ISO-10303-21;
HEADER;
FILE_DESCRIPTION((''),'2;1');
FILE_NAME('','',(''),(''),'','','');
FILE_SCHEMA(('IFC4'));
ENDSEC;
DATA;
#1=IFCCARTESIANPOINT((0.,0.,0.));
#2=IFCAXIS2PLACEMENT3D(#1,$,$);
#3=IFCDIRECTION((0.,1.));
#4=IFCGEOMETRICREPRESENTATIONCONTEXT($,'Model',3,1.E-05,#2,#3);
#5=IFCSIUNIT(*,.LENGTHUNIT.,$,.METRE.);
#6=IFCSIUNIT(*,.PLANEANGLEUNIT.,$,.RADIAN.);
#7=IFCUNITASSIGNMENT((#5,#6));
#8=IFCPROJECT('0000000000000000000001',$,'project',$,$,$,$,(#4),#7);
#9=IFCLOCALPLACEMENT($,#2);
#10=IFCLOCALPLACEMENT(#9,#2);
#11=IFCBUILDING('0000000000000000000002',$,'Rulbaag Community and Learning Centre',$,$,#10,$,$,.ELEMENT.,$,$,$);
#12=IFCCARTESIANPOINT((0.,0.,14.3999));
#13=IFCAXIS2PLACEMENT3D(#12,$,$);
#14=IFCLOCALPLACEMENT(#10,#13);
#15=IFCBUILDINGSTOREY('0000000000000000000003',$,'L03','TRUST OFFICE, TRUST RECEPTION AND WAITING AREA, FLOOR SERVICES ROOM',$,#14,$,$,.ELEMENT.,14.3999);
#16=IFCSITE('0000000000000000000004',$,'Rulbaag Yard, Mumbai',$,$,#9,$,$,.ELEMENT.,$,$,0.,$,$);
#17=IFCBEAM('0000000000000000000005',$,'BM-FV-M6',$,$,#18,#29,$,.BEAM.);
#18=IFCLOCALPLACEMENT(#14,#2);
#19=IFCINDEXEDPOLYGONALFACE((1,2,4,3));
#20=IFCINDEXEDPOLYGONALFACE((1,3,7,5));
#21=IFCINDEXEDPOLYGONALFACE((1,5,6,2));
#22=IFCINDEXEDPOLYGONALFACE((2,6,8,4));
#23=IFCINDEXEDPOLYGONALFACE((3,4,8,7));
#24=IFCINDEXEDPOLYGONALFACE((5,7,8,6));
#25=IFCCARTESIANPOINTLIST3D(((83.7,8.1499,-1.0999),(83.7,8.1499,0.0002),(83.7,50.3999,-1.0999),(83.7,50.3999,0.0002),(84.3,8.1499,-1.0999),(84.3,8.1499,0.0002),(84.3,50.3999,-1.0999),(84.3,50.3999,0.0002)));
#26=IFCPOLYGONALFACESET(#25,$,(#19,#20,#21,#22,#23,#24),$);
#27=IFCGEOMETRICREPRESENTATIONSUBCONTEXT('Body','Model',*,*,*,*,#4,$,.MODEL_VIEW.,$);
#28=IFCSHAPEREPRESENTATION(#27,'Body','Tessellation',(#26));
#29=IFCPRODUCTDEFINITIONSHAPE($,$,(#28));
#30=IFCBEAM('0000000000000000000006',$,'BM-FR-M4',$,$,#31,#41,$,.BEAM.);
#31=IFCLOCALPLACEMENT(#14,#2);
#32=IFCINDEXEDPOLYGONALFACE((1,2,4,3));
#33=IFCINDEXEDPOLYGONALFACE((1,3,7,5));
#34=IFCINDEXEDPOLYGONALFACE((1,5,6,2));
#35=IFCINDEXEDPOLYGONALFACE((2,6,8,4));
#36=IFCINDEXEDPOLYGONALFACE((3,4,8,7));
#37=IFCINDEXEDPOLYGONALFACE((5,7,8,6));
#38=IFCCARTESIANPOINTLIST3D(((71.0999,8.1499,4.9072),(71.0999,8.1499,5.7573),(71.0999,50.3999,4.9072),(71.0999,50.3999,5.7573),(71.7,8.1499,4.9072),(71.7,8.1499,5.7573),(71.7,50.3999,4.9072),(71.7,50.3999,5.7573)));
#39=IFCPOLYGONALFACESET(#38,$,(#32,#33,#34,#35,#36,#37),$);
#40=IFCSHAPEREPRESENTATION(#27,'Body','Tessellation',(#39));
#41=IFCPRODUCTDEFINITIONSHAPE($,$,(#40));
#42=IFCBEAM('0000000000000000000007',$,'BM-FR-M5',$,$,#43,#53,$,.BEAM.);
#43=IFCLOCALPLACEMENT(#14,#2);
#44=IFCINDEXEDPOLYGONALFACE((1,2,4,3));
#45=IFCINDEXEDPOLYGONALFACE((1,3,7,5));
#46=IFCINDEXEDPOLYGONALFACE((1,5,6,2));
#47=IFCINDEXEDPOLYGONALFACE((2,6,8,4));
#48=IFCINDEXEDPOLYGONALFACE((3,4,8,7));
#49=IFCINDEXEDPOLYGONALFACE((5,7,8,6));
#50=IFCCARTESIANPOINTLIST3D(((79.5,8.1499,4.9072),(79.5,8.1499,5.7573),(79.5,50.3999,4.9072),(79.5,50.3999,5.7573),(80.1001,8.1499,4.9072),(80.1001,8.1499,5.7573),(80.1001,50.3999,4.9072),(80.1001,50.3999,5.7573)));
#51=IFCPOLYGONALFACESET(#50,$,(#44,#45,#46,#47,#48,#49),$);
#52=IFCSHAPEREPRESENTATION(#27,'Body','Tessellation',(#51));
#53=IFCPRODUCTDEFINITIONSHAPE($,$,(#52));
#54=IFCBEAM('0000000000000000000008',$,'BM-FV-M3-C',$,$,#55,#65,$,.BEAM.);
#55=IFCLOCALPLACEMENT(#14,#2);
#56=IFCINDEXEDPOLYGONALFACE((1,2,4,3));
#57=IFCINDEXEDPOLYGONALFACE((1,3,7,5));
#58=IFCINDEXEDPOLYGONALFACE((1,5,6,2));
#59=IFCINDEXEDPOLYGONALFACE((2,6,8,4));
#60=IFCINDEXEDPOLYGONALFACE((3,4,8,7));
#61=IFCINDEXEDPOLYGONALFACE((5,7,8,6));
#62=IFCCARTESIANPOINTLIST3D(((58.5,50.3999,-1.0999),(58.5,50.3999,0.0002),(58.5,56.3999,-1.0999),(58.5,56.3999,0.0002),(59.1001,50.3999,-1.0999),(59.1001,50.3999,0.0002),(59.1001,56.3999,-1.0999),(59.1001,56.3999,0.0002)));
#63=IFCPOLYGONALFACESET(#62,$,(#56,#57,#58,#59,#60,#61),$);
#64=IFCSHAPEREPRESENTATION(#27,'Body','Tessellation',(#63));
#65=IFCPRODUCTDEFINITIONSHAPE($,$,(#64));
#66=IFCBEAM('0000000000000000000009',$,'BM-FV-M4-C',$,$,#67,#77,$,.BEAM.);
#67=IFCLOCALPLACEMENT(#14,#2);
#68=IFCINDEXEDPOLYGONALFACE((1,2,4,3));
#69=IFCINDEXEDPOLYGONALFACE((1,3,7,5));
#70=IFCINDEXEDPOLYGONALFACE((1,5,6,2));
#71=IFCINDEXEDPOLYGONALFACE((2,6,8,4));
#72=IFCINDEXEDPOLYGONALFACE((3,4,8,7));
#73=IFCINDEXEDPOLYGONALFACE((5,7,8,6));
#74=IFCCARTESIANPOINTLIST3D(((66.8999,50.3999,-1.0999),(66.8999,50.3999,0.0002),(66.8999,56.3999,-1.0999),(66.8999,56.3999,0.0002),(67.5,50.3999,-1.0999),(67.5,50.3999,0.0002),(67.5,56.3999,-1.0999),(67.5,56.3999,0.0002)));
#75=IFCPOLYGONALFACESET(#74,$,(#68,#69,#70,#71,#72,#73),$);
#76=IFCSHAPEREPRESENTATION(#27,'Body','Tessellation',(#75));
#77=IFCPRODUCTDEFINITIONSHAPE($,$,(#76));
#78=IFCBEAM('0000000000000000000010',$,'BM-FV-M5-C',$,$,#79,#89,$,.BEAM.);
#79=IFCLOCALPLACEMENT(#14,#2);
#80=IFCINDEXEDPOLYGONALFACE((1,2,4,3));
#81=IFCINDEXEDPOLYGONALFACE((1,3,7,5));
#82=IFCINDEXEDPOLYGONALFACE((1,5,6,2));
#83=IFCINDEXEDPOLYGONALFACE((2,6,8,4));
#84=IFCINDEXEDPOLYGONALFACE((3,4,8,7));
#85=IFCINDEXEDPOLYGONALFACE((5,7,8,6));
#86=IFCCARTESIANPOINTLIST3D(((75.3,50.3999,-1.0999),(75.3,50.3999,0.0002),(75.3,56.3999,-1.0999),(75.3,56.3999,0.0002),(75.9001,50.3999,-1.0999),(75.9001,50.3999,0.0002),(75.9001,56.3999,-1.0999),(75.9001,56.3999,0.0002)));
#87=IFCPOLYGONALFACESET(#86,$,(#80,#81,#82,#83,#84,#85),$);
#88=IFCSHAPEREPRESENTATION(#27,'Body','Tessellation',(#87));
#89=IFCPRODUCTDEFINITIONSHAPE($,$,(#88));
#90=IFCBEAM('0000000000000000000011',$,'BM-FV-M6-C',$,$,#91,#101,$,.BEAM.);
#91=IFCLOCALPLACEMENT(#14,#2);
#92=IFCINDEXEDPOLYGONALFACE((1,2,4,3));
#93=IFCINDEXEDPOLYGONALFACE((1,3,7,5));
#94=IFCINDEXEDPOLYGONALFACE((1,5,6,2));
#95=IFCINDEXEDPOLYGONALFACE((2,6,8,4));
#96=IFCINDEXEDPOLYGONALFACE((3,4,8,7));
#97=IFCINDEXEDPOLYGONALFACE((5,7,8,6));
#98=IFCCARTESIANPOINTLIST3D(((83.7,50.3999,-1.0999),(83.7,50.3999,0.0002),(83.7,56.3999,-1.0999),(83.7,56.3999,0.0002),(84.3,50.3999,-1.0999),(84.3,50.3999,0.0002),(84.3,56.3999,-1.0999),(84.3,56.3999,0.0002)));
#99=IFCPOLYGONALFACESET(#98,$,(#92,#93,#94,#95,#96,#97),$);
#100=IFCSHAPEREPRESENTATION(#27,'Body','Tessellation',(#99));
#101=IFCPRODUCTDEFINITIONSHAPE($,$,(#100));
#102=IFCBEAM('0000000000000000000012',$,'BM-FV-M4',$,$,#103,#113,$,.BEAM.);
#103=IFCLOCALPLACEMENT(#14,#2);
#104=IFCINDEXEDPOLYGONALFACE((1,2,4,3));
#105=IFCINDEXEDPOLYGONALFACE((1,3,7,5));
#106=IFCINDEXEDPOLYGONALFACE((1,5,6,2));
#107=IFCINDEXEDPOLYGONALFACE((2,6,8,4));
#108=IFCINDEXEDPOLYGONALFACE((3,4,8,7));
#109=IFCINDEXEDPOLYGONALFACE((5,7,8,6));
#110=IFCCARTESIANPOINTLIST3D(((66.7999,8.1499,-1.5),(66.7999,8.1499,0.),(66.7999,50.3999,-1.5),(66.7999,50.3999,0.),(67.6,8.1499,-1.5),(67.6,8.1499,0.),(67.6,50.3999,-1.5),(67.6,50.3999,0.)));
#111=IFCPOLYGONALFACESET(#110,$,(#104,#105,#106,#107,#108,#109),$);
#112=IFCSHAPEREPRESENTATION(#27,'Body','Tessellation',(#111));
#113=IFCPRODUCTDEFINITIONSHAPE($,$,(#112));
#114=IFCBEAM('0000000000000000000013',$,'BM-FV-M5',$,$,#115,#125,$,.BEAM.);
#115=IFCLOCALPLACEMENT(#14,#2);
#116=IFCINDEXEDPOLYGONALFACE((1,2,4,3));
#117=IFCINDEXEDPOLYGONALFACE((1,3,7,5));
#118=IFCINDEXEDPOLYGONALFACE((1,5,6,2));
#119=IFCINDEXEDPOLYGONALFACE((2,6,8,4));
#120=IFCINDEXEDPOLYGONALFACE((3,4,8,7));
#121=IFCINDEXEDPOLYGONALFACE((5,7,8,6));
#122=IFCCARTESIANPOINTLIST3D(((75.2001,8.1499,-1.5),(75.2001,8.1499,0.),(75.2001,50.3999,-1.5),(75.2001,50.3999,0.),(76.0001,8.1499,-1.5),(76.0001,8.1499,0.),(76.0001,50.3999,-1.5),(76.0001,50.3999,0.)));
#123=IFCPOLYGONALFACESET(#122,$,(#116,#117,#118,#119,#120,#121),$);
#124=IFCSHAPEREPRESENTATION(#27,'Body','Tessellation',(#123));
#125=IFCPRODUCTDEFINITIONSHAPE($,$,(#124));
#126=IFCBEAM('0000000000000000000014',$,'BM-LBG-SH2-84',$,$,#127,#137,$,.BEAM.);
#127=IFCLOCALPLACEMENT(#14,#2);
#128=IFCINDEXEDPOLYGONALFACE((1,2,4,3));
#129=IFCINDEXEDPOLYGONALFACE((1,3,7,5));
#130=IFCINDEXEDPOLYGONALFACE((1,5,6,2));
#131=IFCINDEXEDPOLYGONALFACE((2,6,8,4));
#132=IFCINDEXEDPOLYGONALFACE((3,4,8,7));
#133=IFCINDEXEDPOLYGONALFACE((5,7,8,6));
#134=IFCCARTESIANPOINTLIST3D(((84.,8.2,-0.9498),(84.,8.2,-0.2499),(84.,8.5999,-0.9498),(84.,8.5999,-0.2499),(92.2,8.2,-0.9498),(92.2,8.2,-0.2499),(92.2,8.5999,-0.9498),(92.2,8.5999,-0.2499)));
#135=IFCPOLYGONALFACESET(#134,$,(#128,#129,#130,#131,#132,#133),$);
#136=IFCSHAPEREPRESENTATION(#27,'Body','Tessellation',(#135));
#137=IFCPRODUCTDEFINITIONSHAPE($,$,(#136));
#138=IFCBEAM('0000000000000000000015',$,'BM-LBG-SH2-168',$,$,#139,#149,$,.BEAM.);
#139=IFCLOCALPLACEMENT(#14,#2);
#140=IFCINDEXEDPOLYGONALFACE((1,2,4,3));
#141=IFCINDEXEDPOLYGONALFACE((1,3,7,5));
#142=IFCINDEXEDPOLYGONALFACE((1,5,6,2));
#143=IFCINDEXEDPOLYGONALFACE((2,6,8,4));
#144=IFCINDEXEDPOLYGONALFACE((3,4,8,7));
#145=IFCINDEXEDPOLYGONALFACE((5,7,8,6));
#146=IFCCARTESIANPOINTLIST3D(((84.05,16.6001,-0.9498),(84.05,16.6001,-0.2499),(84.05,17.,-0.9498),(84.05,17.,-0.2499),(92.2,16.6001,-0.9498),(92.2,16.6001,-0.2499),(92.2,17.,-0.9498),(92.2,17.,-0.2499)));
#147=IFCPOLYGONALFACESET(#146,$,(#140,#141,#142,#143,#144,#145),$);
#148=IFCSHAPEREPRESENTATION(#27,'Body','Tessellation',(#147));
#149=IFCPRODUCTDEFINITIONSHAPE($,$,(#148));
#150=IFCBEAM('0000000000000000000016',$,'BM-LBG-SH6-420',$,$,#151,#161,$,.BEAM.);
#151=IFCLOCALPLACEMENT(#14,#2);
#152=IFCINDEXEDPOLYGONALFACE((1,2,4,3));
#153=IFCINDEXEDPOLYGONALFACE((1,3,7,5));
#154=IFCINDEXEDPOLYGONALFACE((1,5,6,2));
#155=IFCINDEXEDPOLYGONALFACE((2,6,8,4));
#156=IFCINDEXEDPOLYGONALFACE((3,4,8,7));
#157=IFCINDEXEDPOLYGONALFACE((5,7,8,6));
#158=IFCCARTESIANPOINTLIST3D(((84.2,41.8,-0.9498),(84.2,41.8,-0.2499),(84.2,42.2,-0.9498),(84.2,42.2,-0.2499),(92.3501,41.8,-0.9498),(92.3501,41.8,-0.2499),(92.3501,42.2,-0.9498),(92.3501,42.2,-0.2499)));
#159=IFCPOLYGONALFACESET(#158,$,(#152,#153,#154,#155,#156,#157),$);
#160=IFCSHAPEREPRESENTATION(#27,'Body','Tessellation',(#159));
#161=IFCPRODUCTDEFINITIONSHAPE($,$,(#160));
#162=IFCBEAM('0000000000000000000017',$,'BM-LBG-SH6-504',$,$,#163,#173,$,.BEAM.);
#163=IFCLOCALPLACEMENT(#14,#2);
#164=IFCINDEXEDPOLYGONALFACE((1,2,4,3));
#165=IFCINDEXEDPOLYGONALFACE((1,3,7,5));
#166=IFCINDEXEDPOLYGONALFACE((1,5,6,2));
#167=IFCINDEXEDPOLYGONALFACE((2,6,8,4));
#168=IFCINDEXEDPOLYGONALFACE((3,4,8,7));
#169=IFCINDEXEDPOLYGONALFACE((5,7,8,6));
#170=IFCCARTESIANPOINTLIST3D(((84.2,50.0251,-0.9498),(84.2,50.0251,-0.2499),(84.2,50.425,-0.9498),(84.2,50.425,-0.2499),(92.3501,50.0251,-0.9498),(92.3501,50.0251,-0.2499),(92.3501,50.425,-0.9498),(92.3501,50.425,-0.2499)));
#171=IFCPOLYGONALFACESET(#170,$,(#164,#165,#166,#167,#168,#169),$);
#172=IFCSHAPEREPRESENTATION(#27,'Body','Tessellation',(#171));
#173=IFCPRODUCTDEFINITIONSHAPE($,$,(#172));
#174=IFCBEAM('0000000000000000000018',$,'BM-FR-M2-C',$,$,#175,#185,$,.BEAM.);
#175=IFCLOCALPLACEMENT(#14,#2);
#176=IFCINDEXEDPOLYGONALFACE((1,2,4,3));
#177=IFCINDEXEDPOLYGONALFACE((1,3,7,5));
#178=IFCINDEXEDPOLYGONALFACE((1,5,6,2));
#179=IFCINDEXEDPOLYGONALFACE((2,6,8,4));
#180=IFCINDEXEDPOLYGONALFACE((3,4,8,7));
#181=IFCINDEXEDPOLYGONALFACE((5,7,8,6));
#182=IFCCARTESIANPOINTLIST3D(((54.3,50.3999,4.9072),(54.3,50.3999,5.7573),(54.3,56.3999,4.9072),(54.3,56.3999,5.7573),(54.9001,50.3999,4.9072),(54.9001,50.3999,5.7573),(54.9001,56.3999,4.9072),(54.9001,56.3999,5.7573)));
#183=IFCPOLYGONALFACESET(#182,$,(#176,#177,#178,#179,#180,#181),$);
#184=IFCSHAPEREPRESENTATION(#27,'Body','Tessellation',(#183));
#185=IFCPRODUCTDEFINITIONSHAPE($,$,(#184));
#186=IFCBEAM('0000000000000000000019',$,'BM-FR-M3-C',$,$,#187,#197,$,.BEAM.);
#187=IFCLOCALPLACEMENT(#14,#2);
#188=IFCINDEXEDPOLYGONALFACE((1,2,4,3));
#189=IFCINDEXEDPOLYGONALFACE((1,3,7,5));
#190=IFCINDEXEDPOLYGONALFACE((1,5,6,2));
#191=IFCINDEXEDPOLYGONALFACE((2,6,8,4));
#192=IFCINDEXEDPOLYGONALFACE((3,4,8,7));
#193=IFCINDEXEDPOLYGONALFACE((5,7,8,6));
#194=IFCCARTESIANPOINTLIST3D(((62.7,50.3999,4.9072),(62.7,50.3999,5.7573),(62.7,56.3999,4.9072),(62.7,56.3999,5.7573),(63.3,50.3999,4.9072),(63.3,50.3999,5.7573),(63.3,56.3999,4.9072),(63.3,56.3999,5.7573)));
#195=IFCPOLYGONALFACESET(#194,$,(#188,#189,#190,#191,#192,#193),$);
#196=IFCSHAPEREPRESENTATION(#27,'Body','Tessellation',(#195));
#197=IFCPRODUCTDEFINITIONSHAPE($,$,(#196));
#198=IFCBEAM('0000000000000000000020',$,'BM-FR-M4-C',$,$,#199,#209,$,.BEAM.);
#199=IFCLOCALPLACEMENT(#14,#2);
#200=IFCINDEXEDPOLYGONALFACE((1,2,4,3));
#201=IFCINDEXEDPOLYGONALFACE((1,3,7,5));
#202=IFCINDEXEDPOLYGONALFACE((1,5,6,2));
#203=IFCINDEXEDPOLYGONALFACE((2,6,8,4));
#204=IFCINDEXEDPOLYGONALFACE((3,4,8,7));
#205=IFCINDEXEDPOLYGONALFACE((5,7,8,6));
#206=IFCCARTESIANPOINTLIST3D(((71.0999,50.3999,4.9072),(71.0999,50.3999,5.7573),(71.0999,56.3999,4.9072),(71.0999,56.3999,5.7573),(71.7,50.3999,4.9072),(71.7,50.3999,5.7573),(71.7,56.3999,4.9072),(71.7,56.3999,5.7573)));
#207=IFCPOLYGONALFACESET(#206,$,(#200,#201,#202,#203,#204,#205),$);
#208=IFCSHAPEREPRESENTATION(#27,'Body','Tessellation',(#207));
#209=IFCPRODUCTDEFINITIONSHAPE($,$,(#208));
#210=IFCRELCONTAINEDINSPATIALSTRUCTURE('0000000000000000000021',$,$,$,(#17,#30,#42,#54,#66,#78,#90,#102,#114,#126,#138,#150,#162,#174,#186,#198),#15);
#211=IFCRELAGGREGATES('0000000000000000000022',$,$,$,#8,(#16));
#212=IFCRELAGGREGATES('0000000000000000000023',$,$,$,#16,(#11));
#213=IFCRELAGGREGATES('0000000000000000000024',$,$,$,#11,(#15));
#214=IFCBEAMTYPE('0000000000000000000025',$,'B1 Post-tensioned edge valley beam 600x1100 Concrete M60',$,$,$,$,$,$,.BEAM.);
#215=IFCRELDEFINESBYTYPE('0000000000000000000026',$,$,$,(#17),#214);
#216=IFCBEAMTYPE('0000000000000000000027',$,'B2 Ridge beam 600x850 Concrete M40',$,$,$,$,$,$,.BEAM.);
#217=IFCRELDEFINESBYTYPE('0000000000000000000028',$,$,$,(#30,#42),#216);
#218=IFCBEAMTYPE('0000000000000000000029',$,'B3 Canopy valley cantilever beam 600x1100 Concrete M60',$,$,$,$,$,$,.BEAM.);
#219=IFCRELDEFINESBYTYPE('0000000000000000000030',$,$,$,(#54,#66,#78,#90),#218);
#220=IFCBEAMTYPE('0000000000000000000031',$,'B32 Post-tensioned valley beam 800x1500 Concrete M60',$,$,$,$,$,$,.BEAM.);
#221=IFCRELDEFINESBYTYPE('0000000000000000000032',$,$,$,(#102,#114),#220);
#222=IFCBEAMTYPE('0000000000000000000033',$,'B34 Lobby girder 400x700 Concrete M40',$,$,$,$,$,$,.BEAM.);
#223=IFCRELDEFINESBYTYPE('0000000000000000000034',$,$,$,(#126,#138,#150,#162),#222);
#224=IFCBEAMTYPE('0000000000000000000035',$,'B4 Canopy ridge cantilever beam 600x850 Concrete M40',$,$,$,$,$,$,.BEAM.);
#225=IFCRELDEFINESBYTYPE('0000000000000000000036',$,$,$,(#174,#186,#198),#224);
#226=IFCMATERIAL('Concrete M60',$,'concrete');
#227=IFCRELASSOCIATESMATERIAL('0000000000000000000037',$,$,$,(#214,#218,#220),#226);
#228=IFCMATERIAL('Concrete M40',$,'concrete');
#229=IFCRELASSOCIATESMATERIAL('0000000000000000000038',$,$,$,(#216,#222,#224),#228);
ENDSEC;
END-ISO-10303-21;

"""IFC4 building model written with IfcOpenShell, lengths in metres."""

from ifc_helpers import new_model, si_unit, direction, frame, origin, origin_2d, place, context, subcontext, project, spatial, rectangle, extrude, material, material_profile, profile_set, type_object, element, save


model = new_model("IFC4")

# Units and contexts
model_context = context("Model", 3, precision=1e-05, world=origin(), true_north=direction((0.0, 1.0)))
body_context = subcontext(model_context, "Body", "Model", "MODEL_VIEW")
ifc_project = project(units=[si_unit("LENGTHUNIT", "METRE"), si_unit("PLANEANGLEUNIT", "RADIAN")], contexts=[model_context])

# Site, building, storey
site_placement = place(None, origin())
site = spatial("IfcSite", under=ifc_project, at=site_placement, Name="Rulbaag Yard, Mumbai", CompositionType="ELEMENT", RefElevation=0.0)
building_placement = place(site_placement, origin())
building = spatial("IfcBuilding", under=site, at=building_placement, Name="Rulbaag Community and Learning Centre", CompositionType="ELEMENT")
storey_placement = place(building_placement, frame((0.0, 0.0, 14.3999)))
storey = spatial("IfcBuildingStorey", under=building, at=storey_placement, Name="L03", Description="TRUST OFFICE, TRUST RECEPTION AND WAITING AREA, FLOOR SERVICES ROOM", CompositionType="ELEMENT", Elevation=14.3999)

# Beams
ifc_material_1 = material(Name="Concrete M60", Category="concrete")
ifc_material_profile_1 = material_profile(ifc_material_1, rectangle(XDim=0.6001, YDim=1.1001, at=origin_2d()), Name="RB600x1100")
ifc_profile_set_1 = profile_set([ifc_material_profile_1], Name="Concrete M60")
beam_type_1 = type_object("IfcBeamType", Name="B1 Post-tensioned edge valley beam 600x1100 Concrete M60", PredefinedType="BEAM", material=ifc_profile_set_1)
beam_1_placement = place(storey_placement, frame((84.0, 8.1499, -0.5498), z_axis=(0.0, 1.0, 0.0), x_axis=(-1.0, 0.0, 0.0)))
element("IfcBeam", 1, at=beam_1_placement, inside=storey, type_object=beam_type_1, Name="BM-FV-M6", PredefinedType="BEAM", context=body_context, shape_type="SweptSolid", body=[
    extrude(rectangle(XDim=0.6001, YDim=1.1001, at=origin_2d()), origin(), (0.0, 0.0, 1.0), 42.25),
])
ifc_material_2 = material(Name="Concrete M40", Category="concrete")
ifc_material_profile_2 = material_profile(ifc_material_2, rectangle(XDim=0.6001, YDim=0.8501, at=origin_2d()), Name="RB600x850")
ifc_profile_set_2 = profile_set([ifc_material_profile_2], Name="Concrete M40")
beam_type_2 = type_object("IfcBeamType", Name="B2 Ridge beam 600x850 Concrete M40", PredefinedType="BEAM", material=ifc_profile_set_2)
for number, where, z_axis, x_axis, name in (
    (2, (71.3999, 8.1499, 5.3323), (0.0, 1.0, 0.0), (-1.0, 0.0, 0.0), "BM-FR-M4"),
    (3, (79.8, 8.1499, 5.3323), (0.0, 1.0, 0.0), (-1.0, 0.0, 0.0), "BM-FR-M5"),
):
    element("IfcBeam", number, at=place(storey_placement, frame(where, z_axis=z_axis, x_axis=x_axis)), inside=storey, type_object=beam_type_2, Name=name, PredefinedType="BEAM", context=body_context, shape_type="SweptSolid", body=[
        extrude(rectangle(XDim=0.6001, YDim=0.8501, at=origin_2d()), origin(), (0.0, 0.0, 1.0), 42.25),
    ])
ifc_material_profile_3 = material_profile(ifc_material_1, rectangle(XDim=0.6001, YDim=1.1001, at=origin_2d()), Name="RB600x1100")
ifc_profile_set_3 = profile_set([ifc_material_profile_3], Name="Concrete M60")
beam_type_3 = type_object("IfcBeamType", Name="B3 Canopy valley cantilever beam 600x1100 Concrete M60", PredefinedType="BEAM", material=ifc_profile_set_3)
for number, where, z_axis, x_axis, name in (
    (4, (58.8, 50.3999, -0.5498), (0.0, 1.0, 0.0), (-1.0, 0.0, 0.0), "BM-FV-M3-C"),
    (5, (67.2, 50.3999, -0.5498), (0.0, 1.0, 0.0), (-1.0, 0.0, 0.0), "BM-FV-M4-C"),
    (6, (75.6001, 50.3999, -0.5498), (0.0, 1.0, 0.0), (-1.0, 0.0, 0.0), "BM-FV-M5-C"),
    (7, (84.0, 50.3999, -0.5498), (0.0, 1.0, 0.0), (-1.0, 0.0, 0.0), "BM-FV-M6-C"),
):
    element("IfcBeam", number, at=place(storey_placement, frame(where, z_axis=z_axis, x_axis=x_axis)), inside=storey, type_object=beam_type_3, Name=name, PredefinedType="BEAM", context=body_context, shape_type="SweptSolid", body=[
        extrude(rectangle(XDim=0.6001, YDim=1.1001, at=origin_2d()), origin(), (0.0, 0.0, 1.0), 6.0),
    ])
ifc_material_profile_4 = material_profile(ifc_material_1, rectangle(XDim=0.8, YDim=1.5, at=origin_2d()), Name="RB800x1500")
ifc_profile_set_4 = profile_set([ifc_material_profile_4], Name="Concrete M60")
beam_type_4 = type_object("IfcBeamType", Name="B32 Post-tensioned valley beam 800x1500 Concrete M60", PredefinedType="BEAM", material=ifc_profile_set_4)
for number, where, z_axis, x_axis, name in (
    (8, (67.2, 8.1499, -0.75), (0.0, 1.0, 0.0), (-1.0, 0.0, 0.0), "BM-FV-M4"),
    (9, (75.6001, 8.1499, -0.75), (0.0, 1.0, 0.0), (-1.0, 0.0, 0.0), "BM-FV-M5"),
):
    element("IfcBeam", number, at=place(storey_placement, frame(where, z_axis=z_axis, x_axis=x_axis)), inside=storey, type_object=beam_type_4, Name=name, PredefinedType="BEAM", context=body_context, shape_type="SweptSolid", body=[
        extrude(rectangle(XDim=0.8, YDim=1.5, at=origin_2d()), origin(), (0.0, 0.0, 1.0), 42.25),
    ])
ifc_material_profile_5 = material_profile(ifc_material_2, rectangle(XDim=0.3999, YDim=0.7, at=origin_2d()), Name="RB400x700")
ifc_profile_set_5 = profile_set([ifc_material_profile_5], Name="Concrete M40")
beam_type_5 = type_object("IfcBeamType", Name="B34 Lobby girder 400x700 Concrete M40", PredefinedType="BEAM", material=ifc_profile_set_5)
beam_2_placement = place(storey_placement, frame((84.0, 8.3999, -0.5999), z_axis=(1.0, 0.0, 0.0), x_axis=(0.0, 1.0, 0.0)))
element("IfcBeam", 10, at=beam_2_placement, inside=storey, type_object=beam_type_5, Name="BM-LBG-SH2-84", PredefinedType="BEAM", context=body_context, shape_type="SweptSolid", body=[
    extrude(rectangle(XDim=0.3999, YDim=0.7, at=origin_2d()), origin(), (0.0, 0.0, 1.0), 8.2),
])
beam_3_placement = place(storey_placement, frame((84.05, 16.8, -0.5999), z_axis=(1.0, 0.0, 0.0), x_axis=(0.0, 1.0, 0.0)))
element("IfcBeam", 11, at=beam_3_placement, inside=storey, type_object=beam_type_5, Name="BM-LBG-SH2-168", PredefinedType="BEAM", context=body_context, shape_type="SweptSolid", body=[
    extrude(rectangle(XDim=0.3999, YDim=0.7, at=origin_2d()), origin(), (0.0, 0.0, 1.0), 8.1499),
])
for number, where, z_axis, x_axis, name in (
    (12, (84.2, 42.0, -0.5999), (1.0, 0.0, 0.0), (0.0, 1.0, 0.0), "BM-LBG-SH6-420"),
    (13, (84.2, 50.2251, -0.5999), (1.0, 0.0, 0.0), (0.0, 1.0, 0.0), "BM-LBG-SH6-504"),
):
    element("IfcBeam", number, at=place(storey_placement, frame(where, z_axis=z_axis, x_axis=x_axis)), inside=storey, type_object=beam_type_5, Name=name, PredefinedType="BEAM", context=body_context, shape_type="SweptSolid", body=[
        extrude(rectangle(XDim=0.3999, YDim=0.7, at=origin_2d()), origin(), (0.0, 0.0, 1.0), 8.1501),
    ])
ifc_material_profile_6 = material_profile(ifc_material_2, rectangle(XDim=0.6001, YDim=0.8501, at=origin_2d()), Name="RB600x850")
ifc_profile_set_6 = profile_set([ifc_material_profile_6], Name="Concrete M40")
beam_type_6 = type_object("IfcBeamType", Name="B4 Canopy ridge cantilever beam 600x850 Concrete M40", PredefinedType="BEAM", material=ifc_profile_set_6)
for number, where, z_axis, x_axis, name in (
    (14, (54.6001, 50.3999, 5.3323), (0.0, 1.0, 0.0), (-1.0, 0.0, 0.0), "BM-FR-M2-C"),
    (15, (63.0, 50.3999, 5.3323), (0.0, 1.0, 0.0), (-1.0, 0.0, 0.0), "BM-FR-M3-C"),
    (16, (71.3999, 50.3999, 5.3323), (0.0, 1.0, 0.0), (-1.0, 0.0, 0.0), "BM-FR-M4-C"),
):
    element("IfcBeam", number, at=place(storey_placement, frame(where, z_axis=z_axis, x_axis=x_axis)), inside=storey, type_object=beam_type_6, Name=name, PredefinedType="BEAM", context=body_context, shape_type="SweptSolid", body=[
        extrude(rectangle(XDim=0.6001, YDim=0.8501, at=origin_2d()), origin(), (0.0, 0.0, 1.0), 6.0),
    ])

save(model, "model.ifc")
